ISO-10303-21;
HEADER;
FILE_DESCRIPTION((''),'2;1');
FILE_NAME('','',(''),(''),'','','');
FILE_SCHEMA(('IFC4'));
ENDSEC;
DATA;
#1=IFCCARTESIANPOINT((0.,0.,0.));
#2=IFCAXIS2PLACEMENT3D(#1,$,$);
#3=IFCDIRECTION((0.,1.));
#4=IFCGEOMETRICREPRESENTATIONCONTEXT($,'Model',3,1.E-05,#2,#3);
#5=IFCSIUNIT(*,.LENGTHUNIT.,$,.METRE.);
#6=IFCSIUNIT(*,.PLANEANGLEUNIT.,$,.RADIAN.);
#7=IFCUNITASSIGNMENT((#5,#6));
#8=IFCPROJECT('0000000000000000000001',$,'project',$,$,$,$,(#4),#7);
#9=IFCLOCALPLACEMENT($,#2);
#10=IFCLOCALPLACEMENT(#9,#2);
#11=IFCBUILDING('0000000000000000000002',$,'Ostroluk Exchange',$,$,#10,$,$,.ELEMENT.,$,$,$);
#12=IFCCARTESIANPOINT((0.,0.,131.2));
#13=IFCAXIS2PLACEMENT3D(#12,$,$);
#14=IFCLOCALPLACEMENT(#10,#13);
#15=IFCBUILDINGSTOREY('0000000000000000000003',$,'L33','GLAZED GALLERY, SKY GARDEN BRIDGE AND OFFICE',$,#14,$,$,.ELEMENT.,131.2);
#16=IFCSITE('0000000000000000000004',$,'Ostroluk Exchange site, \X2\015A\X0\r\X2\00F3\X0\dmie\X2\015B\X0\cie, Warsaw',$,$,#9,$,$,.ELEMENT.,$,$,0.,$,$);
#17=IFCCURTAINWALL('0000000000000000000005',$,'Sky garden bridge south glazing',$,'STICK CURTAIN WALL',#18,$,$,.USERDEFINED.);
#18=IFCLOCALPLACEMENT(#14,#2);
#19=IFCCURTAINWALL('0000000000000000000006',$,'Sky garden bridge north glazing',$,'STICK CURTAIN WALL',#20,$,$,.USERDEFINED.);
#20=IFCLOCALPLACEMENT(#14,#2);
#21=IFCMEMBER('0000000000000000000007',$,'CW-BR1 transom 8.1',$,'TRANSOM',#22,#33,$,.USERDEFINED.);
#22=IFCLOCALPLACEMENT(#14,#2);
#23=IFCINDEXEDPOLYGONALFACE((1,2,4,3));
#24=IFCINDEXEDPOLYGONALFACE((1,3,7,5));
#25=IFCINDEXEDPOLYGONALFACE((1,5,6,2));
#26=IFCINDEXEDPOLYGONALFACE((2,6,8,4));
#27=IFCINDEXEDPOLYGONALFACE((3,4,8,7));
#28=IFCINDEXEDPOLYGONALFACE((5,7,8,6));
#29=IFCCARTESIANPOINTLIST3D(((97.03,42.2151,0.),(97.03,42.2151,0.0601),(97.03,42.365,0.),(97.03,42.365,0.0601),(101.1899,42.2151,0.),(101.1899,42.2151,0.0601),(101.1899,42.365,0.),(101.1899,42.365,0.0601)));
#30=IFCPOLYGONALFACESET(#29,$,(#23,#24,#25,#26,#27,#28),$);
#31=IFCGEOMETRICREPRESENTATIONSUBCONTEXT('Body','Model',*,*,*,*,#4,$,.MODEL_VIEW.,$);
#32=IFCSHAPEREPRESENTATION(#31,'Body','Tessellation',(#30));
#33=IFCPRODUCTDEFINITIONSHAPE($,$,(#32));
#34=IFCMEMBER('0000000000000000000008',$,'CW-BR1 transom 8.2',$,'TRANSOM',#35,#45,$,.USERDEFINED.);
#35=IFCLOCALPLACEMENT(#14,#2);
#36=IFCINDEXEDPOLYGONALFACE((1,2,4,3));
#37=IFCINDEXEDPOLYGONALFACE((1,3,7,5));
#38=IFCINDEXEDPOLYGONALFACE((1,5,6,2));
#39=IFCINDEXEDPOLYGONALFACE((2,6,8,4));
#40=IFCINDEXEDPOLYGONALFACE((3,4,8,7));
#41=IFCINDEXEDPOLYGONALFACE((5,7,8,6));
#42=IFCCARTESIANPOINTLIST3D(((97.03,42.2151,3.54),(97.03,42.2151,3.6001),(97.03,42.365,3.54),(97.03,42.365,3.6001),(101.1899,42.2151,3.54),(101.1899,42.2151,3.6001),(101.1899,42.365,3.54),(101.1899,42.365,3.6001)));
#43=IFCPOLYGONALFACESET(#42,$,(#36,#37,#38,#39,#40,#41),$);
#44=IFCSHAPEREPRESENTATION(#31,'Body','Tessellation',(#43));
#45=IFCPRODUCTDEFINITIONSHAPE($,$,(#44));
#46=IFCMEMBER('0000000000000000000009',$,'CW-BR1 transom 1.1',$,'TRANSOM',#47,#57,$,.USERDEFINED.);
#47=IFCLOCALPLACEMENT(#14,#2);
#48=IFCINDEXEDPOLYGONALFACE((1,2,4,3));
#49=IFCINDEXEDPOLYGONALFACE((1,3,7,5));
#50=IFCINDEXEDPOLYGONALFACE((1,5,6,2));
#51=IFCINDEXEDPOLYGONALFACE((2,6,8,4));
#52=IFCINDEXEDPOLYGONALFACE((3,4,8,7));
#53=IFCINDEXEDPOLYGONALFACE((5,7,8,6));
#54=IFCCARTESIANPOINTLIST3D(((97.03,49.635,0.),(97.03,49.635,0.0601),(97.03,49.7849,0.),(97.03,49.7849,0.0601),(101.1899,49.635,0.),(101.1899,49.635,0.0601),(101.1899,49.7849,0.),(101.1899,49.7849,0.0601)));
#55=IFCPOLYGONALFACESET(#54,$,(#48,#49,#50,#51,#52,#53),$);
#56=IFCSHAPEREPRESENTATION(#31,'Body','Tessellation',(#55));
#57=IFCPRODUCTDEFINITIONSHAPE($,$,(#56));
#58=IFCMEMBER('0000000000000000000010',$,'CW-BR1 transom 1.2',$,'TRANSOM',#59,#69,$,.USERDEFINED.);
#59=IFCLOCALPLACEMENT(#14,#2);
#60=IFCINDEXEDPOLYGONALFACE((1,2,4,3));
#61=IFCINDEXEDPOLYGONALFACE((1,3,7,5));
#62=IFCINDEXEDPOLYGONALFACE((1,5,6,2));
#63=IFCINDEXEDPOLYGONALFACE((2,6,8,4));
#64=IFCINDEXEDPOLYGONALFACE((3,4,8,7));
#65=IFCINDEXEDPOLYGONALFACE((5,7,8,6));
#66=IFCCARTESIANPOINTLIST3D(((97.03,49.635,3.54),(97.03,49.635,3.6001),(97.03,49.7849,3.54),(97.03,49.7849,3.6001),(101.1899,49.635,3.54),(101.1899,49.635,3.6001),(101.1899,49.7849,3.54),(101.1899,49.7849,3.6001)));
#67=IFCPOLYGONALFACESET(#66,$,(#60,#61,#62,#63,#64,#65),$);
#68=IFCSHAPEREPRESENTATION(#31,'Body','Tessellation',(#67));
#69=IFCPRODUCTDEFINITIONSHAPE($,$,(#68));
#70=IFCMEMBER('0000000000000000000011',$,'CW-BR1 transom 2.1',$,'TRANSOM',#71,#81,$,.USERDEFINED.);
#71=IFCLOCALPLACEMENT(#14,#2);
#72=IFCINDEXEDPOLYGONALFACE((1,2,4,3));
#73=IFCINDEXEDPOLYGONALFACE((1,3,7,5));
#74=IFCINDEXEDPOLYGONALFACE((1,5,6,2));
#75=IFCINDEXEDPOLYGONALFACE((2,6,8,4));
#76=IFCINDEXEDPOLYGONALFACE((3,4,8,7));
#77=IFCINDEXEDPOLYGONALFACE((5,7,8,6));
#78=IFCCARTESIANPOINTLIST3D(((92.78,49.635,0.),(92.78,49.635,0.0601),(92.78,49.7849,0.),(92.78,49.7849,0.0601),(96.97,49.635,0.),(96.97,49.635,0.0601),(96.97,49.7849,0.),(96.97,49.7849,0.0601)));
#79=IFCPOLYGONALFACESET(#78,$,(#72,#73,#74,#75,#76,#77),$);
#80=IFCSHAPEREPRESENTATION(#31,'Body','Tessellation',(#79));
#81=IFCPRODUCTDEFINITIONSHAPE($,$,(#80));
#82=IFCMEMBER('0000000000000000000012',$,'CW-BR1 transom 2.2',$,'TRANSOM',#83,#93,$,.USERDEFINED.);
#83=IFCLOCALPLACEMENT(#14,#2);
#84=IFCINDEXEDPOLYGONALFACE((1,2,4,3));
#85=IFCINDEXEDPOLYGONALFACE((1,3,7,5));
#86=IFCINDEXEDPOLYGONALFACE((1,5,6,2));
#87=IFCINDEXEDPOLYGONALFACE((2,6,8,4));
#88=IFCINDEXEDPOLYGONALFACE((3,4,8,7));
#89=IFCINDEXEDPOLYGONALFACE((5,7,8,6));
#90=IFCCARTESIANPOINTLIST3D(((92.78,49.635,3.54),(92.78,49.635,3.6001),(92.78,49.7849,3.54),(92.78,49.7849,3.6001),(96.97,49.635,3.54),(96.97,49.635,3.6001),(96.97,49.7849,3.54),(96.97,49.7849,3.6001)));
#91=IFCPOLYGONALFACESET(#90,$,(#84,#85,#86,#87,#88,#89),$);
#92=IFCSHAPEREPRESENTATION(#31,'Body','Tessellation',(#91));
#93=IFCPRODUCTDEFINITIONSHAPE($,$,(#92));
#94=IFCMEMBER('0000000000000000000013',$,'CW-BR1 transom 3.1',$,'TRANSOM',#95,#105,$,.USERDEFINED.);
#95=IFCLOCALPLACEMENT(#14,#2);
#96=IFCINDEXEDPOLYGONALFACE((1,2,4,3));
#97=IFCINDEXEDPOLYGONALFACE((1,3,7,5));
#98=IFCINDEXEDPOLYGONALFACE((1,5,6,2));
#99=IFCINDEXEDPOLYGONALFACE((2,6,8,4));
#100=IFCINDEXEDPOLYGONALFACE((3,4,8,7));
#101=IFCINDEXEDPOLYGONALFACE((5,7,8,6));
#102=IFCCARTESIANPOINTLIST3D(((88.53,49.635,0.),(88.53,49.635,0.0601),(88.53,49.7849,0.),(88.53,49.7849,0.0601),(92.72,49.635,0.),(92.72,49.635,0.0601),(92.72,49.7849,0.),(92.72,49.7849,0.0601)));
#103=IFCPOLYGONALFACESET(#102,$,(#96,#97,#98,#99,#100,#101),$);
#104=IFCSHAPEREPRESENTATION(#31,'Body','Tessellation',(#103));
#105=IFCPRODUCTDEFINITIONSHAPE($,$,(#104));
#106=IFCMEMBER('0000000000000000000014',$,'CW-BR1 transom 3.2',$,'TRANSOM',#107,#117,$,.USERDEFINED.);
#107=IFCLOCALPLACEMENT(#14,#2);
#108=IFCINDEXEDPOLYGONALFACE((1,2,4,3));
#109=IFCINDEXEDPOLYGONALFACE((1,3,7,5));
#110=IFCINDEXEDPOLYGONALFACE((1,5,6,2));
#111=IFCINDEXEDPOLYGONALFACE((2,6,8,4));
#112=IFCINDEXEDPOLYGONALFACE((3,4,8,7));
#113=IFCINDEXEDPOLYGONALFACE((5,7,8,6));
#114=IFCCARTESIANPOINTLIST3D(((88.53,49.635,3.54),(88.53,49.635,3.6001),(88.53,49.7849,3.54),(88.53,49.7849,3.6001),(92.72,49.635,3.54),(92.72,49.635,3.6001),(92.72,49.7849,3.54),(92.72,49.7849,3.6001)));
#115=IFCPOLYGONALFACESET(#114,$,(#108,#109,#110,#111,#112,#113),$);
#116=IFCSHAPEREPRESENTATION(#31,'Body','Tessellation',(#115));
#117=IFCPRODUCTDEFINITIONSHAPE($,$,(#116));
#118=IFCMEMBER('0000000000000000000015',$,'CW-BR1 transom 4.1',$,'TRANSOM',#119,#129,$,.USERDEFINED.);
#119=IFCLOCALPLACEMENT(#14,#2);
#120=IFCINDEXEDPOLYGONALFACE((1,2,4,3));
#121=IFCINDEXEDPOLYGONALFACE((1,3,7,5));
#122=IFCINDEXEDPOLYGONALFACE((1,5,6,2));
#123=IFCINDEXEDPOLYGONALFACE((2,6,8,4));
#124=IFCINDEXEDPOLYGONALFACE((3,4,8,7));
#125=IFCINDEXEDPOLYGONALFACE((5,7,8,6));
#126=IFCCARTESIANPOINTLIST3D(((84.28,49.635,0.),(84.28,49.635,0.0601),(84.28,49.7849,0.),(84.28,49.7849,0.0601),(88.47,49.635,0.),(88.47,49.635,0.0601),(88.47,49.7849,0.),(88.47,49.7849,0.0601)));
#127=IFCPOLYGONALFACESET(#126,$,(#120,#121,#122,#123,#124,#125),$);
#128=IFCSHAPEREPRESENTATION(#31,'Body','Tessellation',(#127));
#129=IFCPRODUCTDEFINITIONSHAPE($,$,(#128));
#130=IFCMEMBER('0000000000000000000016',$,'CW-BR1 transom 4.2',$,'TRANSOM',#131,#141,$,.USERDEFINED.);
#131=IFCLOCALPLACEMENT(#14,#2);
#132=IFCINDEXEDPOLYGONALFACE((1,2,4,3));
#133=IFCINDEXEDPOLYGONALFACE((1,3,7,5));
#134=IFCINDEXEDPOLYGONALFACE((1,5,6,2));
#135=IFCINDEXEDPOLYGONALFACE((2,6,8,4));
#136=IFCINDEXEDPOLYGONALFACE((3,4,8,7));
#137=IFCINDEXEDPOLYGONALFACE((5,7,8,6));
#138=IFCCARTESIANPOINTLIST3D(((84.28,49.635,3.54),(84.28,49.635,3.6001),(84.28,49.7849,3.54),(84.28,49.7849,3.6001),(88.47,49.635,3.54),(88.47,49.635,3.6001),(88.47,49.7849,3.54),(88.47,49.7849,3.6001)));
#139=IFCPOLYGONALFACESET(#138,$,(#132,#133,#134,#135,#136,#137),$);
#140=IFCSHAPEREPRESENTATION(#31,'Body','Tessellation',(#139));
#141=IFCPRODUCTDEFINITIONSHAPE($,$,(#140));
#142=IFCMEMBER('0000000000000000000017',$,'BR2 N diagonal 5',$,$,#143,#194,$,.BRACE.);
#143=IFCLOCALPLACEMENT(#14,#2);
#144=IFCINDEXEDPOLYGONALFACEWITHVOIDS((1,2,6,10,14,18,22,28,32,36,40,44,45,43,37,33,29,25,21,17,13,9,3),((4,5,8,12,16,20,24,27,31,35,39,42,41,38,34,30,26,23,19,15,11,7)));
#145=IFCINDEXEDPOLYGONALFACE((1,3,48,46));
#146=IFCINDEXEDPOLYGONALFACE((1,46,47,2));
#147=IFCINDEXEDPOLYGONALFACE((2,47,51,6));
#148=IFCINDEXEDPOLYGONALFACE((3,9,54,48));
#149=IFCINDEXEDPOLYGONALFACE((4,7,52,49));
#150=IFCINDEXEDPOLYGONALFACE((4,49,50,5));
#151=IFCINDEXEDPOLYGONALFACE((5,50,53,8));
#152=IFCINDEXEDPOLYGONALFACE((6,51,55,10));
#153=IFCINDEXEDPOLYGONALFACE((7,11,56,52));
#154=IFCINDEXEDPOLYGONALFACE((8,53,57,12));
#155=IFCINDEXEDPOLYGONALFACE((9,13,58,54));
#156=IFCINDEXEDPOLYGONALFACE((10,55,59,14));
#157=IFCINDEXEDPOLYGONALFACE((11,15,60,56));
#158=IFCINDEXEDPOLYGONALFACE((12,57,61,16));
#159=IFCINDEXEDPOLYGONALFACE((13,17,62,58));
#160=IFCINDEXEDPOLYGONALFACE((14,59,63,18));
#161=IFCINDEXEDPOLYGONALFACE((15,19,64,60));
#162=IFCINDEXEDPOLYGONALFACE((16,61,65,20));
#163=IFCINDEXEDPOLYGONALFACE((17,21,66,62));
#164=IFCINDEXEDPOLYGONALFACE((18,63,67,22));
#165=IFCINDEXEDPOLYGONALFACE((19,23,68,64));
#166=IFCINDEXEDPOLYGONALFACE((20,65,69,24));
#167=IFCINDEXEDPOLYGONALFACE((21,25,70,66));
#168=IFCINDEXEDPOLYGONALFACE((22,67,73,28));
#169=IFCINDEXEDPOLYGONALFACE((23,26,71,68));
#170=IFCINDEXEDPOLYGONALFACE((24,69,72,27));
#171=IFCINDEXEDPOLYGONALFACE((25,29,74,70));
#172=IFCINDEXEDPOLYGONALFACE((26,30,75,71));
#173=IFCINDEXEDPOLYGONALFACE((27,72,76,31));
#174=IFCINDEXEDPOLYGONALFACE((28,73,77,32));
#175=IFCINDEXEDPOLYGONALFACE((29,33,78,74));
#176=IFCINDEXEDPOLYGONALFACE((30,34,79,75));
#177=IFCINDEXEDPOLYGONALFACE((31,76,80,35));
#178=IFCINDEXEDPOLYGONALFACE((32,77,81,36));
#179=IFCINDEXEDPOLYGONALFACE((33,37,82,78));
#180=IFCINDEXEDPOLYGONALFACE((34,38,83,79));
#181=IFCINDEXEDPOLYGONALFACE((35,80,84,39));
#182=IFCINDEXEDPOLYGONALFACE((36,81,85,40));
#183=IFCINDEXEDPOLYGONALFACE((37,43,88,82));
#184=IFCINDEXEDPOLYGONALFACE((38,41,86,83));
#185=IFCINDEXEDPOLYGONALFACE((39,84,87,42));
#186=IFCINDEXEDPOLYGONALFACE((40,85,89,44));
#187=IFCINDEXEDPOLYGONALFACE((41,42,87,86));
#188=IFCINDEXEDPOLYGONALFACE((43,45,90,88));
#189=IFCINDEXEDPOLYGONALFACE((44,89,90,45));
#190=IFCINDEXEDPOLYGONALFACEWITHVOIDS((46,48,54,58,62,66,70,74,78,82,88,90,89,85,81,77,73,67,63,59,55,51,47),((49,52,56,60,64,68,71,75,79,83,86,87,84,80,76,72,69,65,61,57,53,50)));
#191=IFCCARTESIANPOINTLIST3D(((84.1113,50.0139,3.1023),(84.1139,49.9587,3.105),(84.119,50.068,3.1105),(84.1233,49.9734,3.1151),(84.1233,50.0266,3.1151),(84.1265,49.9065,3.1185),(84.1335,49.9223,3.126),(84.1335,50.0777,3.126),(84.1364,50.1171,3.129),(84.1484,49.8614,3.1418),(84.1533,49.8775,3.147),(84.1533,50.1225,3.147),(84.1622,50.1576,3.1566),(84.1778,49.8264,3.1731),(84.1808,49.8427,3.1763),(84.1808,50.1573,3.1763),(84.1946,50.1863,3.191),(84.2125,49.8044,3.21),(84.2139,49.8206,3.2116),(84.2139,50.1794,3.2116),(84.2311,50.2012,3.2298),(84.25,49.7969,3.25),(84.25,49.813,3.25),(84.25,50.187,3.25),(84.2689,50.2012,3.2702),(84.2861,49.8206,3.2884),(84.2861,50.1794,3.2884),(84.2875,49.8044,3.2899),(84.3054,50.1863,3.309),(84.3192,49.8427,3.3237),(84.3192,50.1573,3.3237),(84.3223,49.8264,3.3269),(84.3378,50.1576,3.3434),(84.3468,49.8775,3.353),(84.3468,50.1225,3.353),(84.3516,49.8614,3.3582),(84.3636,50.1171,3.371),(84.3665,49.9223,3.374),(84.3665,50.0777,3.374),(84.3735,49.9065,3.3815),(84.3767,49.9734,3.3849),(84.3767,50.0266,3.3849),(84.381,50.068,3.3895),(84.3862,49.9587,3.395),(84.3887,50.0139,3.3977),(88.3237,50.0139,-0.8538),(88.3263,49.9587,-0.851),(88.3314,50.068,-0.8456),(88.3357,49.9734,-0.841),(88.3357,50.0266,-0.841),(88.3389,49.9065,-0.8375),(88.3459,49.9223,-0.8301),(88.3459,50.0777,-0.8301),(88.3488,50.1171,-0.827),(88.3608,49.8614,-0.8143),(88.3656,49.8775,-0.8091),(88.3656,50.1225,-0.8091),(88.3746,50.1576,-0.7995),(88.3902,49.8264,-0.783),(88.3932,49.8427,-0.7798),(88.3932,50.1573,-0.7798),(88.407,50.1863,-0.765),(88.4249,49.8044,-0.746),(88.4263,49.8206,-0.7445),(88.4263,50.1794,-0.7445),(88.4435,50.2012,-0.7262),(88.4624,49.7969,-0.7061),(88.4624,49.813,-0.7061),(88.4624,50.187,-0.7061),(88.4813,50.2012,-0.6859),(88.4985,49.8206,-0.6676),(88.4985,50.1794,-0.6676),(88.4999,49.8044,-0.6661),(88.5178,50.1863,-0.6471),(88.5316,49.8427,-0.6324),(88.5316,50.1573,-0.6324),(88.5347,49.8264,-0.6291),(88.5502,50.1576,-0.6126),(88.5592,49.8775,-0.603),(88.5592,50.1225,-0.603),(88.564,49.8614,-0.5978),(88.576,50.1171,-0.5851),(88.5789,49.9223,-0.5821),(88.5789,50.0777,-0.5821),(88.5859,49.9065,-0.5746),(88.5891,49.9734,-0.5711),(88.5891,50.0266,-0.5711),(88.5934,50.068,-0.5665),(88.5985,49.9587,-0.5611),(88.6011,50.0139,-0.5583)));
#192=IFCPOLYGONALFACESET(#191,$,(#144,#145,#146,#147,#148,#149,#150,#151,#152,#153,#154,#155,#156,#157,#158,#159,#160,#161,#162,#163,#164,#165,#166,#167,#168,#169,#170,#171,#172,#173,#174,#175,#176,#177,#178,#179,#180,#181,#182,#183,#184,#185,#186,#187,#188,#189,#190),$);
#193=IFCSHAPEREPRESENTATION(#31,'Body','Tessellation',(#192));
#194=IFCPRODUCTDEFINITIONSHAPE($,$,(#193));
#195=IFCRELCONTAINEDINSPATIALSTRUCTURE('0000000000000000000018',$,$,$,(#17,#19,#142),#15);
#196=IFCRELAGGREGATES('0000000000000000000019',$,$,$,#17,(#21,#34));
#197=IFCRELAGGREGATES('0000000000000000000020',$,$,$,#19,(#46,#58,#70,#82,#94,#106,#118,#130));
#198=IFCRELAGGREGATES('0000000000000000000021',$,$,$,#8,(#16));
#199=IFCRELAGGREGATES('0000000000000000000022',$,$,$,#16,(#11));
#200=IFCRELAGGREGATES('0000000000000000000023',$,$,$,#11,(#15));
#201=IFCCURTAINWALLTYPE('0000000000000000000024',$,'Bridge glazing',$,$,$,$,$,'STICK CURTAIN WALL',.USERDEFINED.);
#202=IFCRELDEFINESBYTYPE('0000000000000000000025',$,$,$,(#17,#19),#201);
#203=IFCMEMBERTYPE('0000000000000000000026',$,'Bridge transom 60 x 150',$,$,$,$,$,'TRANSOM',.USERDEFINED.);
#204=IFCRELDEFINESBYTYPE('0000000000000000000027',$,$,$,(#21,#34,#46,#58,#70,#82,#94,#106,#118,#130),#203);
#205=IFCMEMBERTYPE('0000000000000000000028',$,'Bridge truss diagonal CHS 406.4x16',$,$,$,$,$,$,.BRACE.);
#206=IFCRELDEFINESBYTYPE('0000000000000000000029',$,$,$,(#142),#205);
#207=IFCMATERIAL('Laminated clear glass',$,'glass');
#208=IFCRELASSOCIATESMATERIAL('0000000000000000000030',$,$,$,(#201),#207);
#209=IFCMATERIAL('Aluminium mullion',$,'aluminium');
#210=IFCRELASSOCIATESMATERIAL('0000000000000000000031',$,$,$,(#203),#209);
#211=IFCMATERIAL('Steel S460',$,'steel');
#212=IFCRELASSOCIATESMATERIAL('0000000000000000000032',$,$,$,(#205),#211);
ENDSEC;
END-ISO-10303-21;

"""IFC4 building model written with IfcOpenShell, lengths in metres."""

from ifc_helpers import new_model, si_unit, direction, frame, origin, origin_2d, place, context, subcontext, project, spatial, rectangle, hollow_circle, extrude, material, material_profile, profile_set, type_object, element, aggregate, save


model = new_model("IFC4")

# Units and contexts
model_context = context("Model", 3, precision=1e-05, world=origin(), true_north=direction((0.0, 1.0)))
body_context = subcontext(model_context, "Body", "Model", "MODEL_VIEW")
ifc_project = project(units=[si_unit("LENGTHUNIT", "METRE"), si_unit("PLANEANGLEUNIT", "RADIAN")], contexts=[model_context])

# Site, building, storey
site_placement = place(None, origin())
site = spatial("IfcSite", under=ifc_project, at=site_placement, Name="Ostroluk Exchange site, Śródmieście, Warsaw", CompositionType="ELEMENT", RefElevation=0.0)
building_placement = place(site_placement, origin())
building = spatial("IfcBuilding", under=site, at=building_placement, Name="Ostroluk Exchange", CompositionType="ELEMENT")
storey_placement = place(building_placement, frame((0.0, 0.0, 131.2)))
storey = spatial("IfcBuildingStorey", under=building, at=storey_placement, Name="L33", Description="GLAZED GALLERY, SKY GARDEN BRIDGE AND OFFICE", CompositionType="ELEMENT", Elevation=131.2)

# Curtain walls
ifc_material_1 = material(Name="Laminated clear glass", Category="glass")
curtain_wall_type = type_object("IfcCurtainWallType", Name="Bridge glazing", ElementType="STICK CURTAIN WALL", PredefinedType="USERDEFINED", material=ifc_material_1)
curtain_wall_1_placement = place(storey_placement, origin())
curtain_wall_1 = element("IfcCurtainWall", 1, at=curtain_wall_1_placement, inside=storey, type_object=curtain_wall_type, Name="Sky garden bridge south glazing", ObjectType="STICK CURTAIN WALL", PredefinedType="USERDEFINED")
curtain_wall_2_placement = place(storey_placement, origin())
curtain_wall_2 = element("IfcCurtainWall", 2, at=curtain_wall_2_placement, inside=storey, type_object=curtain_wall_type, Name="Sky garden bridge north glazing", ObjectType="STICK CURTAIN WALL", PredefinedType="USERDEFINED")

# Members
ifc_material_2 = material(Name="Aluminium mullion", Category="aluminium")
ifc_material_profile_1 = material_profile(ifc_material_2, rectangle(XDim=0.1499, YDim=0.0601, at=origin_2d()), Name="Bridge transom 60 x 150")
ifc_profile_set_1 = profile_set([ifc_material_profile_1], Name="Aluminium mullion")
member_type_1 = type_object("IfcMemberType", Name="Bridge transom 60 x 150", ElementType="TRANSOM", PredefinedType="USERDEFINED", material=ifc_profile_set_1)
member_1_placement = place(storey_placement, frame((97.03, 42.29, 0.03), z_axis=(1.0, 0.0, 0.0), x_axis=(0.0, 1.0, 0.0)))
member_1 = element("IfcMember", 3, at=member_1_placement, type_object=member_type_1, Name="CW-BR1 transom 8.1", ObjectType="TRANSOM", PredefinedType="USERDEFINED", context=body_context, shape_type="SweptSolid", body=[
    extrude(rectangle(XDim=0.1499, YDim=0.0601, at=origin_2d()), origin(), (0.0, 0.0, 1.0), 4.1599),
])
member_2_placement = place(storey_placement, frame((97.03, 42.29, 3.5701), z_axis=(1.0, 0.0, 0.0), x_axis=(0.0, 1.0, 0.0)))
member_2 = element("IfcMember", 4, at=member_2_placement, type_object=member_type_1, Name="CW-BR1 transom 8.2", ObjectType="TRANSOM", PredefinedType="USERDEFINED", context=body_context, shape_type="SweptSolid", body=[
    extrude(rectangle(XDim=0.1499, YDim=0.0601, at=origin_2d()), origin(), (0.0, 0.0, 1.0), 4.1599),
])
member_3_placement = place(storey_placement, frame((101.1899, 49.71, 0.03), z_axis=(-1.0, 0.0, 0.0), x_axis=(0.0, -1.0, 0.0)))
member_3 = element("IfcMember", 5, at=member_3_placement, type_object=member_type_1, Name="CW-BR1 transom 1.1", ObjectType="TRANSOM", PredefinedType="USERDEFINED", context=body_context, shape_type="SweptSolid", body=[
    extrude(rectangle(XDim=0.1499, YDim=0.0601, at=origin_2d()), origin(), (0.0, 0.0, 1.0), 4.1599),
])
member_4_placement = place(storey_placement, frame((101.1899, 49.71, 3.5701), z_axis=(-1.0, 0.0, 0.0), x_axis=(0.0, -1.0, 0.0)))
member_4 = element("IfcMember", 6, at=member_4_placement, type_object=member_type_1, Name="CW-BR1 transom 1.2", ObjectType="TRANSOM", PredefinedType="USERDEFINED", context=body_context, shape_type="SweptSolid", body=[
    extrude(rectangle(XDim=0.1499, YDim=0.0601, at=origin_2d()), origin(), (0.0, 0.0, 1.0), 4.1599),
])
member_5_placement = place(storey_placement, frame((96.97, 49.71, 0.03), z_axis=(-1.0, 0.0, 0.0), x_axis=(0.0, -1.0, 0.0)))
member_5 = element("IfcMember", 7, at=member_5_placement, type_object=member_type_1, Name="CW-BR1 transom 2.1", ObjectType="TRANSOM", PredefinedType="USERDEFINED", context=body_context, shape_type="SweptSolid", body=[
    extrude(rectangle(XDim=0.1499, YDim=0.0601, at=origin_2d()), origin(), (0.0, 0.0, 1.0), 4.1899),
])
member_6_placement = place(storey_placement, frame((96.97, 49.71, 3.5701), z_axis=(-1.0, 0.0, 0.0), x_axis=(0.0, -1.0, 0.0)))
member_6 = element("IfcMember", 8, at=member_6_placement, type_object=member_type_1, Name="CW-BR1 transom 2.2", ObjectType="TRANSOM", PredefinedType="USERDEFINED", context=body_context, shape_type="SweptSolid", body=[
    extrude(rectangle(XDim=0.1499, YDim=0.0601, at=origin_2d()), origin(), (0.0, 0.0, 1.0), 4.1899),
])
member_7_placement = place(storey_placement, frame((92.72, 49.71, 0.03), z_axis=(-1.0, 0.0, 0.0), x_axis=(0.0, -1.0, 0.0)))
member_7 = element("IfcMember", 9, at=member_7_placement, type_object=member_type_1, Name="CW-BR1 transom 3.1", ObjectType="TRANSOM", PredefinedType="USERDEFINED", context=body_context, shape_type="SweptSolid", body=[
    extrude(rectangle(XDim=0.1499, YDim=0.0601, at=origin_2d()), origin(), (0.0, 0.0, 1.0), 4.1899),
])
member_8_placement = place(storey_placement, frame((92.72, 49.71, 3.5701), z_axis=(-1.0, 0.0, 0.0), x_axis=(0.0, -1.0, 0.0)))
member_8 = element("IfcMember", 10, at=member_8_placement, type_object=member_type_1, Name="CW-BR1 transom 3.2", ObjectType="TRANSOM", PredefinedType="USERDEFINED", context=body_context, shape_type="SweptSolid", body=[
    extrude(rectangle(XDim=0.1499, YDim=0.0601, at=origin_2d()), origin(), (0.0, 0.0, 1.0), 4.1899),
])
member_9_placement = place(storey_placement, frame((88.47, 49.71, 0.03), z_axis=(-1.0, 0.0, 0.0), x_axis=(0.0, -1.0, 0.0)))
member_9 = element("IfcMember", 11, at=member_9_placement, type_object=member_type_1, Name="CW-BR1 transom 4.1", ObjectType="TRANSOM", PredefinedType="USERDEFINED", context=body_context, shape_type="SweptSolid", body=[
    extrude(rectangle(XDim=0.1499, YDim=0.0601, at=origin_2d()), origin(), (0.0, 0.0, 1.0), 4.1899),
])
member_10_placement = place(storey_placement, frame((88.47, 49.71, 3.5701), z_axis=(-1.0, 0.0, 0.0), x_axis=(0.0, -1.0, 0.0)))
member_10 = element("IfcMember", 12, at=member_10_placement, type_object=member_type_1, Name="CW-BR1 transom 4.2", ObjectType="TRANSOM", PredefinedType="USERDEFINED", context=body_context, shape_type="SweptSolid", body=[
    extrude(rectangle(XDim=0.1499, YDim=0.0601, at=origin_2d()), origin(), (0.0, 0.0, 1.0), 4.1899),
])

# Member
ifc_material_3 = material(Name="Steel S460", Category="steel")
ifc_material_profile_2 = material_profile(ifc_material_3, hollow_circle(Radius=0.2031, WallThickness=0.0161, at=origin_2d()), Name="CHS 406.4x16")
ifc_profile_set_2 = profile_set([ifc_material_profile_2], Name="Steel S460")
member_type_2 = type_object("IfcMemberType", Name="Bridge truss diagonal CHS 406.4x16", PredefinedType="BRACE", material=ifc_profile_set_2)
member_11_placement = place(storey_placement, frame((88.4624, 50.0, -0.7061), z_axis=(-0.728939, 0.0, 0.684579), x_axis=(0.0, -1.0, 0.0)))
element("IfcMember", 13, at=member_11_placement, inside=storey, type_object=member_type_2, Name="BR2 N diagonal 5", PredefinedType="BRACE", context=body_context, shape_type="SweptSolid", body=[
    extrude(hollow_circle(Radius=0.2031, WallThickness=0.0161, at=origin_2d()), origin(), (0.0, 0.0, 1.0), 5.7788),
])

aggregate(curtain_wall_1, [member_1, member_2])
aggregate(curtain_wall_2, [member_3, member_4, member_5, member_6, member_7, member_8, member_9, member_10])

save(model, "model.ifc")
